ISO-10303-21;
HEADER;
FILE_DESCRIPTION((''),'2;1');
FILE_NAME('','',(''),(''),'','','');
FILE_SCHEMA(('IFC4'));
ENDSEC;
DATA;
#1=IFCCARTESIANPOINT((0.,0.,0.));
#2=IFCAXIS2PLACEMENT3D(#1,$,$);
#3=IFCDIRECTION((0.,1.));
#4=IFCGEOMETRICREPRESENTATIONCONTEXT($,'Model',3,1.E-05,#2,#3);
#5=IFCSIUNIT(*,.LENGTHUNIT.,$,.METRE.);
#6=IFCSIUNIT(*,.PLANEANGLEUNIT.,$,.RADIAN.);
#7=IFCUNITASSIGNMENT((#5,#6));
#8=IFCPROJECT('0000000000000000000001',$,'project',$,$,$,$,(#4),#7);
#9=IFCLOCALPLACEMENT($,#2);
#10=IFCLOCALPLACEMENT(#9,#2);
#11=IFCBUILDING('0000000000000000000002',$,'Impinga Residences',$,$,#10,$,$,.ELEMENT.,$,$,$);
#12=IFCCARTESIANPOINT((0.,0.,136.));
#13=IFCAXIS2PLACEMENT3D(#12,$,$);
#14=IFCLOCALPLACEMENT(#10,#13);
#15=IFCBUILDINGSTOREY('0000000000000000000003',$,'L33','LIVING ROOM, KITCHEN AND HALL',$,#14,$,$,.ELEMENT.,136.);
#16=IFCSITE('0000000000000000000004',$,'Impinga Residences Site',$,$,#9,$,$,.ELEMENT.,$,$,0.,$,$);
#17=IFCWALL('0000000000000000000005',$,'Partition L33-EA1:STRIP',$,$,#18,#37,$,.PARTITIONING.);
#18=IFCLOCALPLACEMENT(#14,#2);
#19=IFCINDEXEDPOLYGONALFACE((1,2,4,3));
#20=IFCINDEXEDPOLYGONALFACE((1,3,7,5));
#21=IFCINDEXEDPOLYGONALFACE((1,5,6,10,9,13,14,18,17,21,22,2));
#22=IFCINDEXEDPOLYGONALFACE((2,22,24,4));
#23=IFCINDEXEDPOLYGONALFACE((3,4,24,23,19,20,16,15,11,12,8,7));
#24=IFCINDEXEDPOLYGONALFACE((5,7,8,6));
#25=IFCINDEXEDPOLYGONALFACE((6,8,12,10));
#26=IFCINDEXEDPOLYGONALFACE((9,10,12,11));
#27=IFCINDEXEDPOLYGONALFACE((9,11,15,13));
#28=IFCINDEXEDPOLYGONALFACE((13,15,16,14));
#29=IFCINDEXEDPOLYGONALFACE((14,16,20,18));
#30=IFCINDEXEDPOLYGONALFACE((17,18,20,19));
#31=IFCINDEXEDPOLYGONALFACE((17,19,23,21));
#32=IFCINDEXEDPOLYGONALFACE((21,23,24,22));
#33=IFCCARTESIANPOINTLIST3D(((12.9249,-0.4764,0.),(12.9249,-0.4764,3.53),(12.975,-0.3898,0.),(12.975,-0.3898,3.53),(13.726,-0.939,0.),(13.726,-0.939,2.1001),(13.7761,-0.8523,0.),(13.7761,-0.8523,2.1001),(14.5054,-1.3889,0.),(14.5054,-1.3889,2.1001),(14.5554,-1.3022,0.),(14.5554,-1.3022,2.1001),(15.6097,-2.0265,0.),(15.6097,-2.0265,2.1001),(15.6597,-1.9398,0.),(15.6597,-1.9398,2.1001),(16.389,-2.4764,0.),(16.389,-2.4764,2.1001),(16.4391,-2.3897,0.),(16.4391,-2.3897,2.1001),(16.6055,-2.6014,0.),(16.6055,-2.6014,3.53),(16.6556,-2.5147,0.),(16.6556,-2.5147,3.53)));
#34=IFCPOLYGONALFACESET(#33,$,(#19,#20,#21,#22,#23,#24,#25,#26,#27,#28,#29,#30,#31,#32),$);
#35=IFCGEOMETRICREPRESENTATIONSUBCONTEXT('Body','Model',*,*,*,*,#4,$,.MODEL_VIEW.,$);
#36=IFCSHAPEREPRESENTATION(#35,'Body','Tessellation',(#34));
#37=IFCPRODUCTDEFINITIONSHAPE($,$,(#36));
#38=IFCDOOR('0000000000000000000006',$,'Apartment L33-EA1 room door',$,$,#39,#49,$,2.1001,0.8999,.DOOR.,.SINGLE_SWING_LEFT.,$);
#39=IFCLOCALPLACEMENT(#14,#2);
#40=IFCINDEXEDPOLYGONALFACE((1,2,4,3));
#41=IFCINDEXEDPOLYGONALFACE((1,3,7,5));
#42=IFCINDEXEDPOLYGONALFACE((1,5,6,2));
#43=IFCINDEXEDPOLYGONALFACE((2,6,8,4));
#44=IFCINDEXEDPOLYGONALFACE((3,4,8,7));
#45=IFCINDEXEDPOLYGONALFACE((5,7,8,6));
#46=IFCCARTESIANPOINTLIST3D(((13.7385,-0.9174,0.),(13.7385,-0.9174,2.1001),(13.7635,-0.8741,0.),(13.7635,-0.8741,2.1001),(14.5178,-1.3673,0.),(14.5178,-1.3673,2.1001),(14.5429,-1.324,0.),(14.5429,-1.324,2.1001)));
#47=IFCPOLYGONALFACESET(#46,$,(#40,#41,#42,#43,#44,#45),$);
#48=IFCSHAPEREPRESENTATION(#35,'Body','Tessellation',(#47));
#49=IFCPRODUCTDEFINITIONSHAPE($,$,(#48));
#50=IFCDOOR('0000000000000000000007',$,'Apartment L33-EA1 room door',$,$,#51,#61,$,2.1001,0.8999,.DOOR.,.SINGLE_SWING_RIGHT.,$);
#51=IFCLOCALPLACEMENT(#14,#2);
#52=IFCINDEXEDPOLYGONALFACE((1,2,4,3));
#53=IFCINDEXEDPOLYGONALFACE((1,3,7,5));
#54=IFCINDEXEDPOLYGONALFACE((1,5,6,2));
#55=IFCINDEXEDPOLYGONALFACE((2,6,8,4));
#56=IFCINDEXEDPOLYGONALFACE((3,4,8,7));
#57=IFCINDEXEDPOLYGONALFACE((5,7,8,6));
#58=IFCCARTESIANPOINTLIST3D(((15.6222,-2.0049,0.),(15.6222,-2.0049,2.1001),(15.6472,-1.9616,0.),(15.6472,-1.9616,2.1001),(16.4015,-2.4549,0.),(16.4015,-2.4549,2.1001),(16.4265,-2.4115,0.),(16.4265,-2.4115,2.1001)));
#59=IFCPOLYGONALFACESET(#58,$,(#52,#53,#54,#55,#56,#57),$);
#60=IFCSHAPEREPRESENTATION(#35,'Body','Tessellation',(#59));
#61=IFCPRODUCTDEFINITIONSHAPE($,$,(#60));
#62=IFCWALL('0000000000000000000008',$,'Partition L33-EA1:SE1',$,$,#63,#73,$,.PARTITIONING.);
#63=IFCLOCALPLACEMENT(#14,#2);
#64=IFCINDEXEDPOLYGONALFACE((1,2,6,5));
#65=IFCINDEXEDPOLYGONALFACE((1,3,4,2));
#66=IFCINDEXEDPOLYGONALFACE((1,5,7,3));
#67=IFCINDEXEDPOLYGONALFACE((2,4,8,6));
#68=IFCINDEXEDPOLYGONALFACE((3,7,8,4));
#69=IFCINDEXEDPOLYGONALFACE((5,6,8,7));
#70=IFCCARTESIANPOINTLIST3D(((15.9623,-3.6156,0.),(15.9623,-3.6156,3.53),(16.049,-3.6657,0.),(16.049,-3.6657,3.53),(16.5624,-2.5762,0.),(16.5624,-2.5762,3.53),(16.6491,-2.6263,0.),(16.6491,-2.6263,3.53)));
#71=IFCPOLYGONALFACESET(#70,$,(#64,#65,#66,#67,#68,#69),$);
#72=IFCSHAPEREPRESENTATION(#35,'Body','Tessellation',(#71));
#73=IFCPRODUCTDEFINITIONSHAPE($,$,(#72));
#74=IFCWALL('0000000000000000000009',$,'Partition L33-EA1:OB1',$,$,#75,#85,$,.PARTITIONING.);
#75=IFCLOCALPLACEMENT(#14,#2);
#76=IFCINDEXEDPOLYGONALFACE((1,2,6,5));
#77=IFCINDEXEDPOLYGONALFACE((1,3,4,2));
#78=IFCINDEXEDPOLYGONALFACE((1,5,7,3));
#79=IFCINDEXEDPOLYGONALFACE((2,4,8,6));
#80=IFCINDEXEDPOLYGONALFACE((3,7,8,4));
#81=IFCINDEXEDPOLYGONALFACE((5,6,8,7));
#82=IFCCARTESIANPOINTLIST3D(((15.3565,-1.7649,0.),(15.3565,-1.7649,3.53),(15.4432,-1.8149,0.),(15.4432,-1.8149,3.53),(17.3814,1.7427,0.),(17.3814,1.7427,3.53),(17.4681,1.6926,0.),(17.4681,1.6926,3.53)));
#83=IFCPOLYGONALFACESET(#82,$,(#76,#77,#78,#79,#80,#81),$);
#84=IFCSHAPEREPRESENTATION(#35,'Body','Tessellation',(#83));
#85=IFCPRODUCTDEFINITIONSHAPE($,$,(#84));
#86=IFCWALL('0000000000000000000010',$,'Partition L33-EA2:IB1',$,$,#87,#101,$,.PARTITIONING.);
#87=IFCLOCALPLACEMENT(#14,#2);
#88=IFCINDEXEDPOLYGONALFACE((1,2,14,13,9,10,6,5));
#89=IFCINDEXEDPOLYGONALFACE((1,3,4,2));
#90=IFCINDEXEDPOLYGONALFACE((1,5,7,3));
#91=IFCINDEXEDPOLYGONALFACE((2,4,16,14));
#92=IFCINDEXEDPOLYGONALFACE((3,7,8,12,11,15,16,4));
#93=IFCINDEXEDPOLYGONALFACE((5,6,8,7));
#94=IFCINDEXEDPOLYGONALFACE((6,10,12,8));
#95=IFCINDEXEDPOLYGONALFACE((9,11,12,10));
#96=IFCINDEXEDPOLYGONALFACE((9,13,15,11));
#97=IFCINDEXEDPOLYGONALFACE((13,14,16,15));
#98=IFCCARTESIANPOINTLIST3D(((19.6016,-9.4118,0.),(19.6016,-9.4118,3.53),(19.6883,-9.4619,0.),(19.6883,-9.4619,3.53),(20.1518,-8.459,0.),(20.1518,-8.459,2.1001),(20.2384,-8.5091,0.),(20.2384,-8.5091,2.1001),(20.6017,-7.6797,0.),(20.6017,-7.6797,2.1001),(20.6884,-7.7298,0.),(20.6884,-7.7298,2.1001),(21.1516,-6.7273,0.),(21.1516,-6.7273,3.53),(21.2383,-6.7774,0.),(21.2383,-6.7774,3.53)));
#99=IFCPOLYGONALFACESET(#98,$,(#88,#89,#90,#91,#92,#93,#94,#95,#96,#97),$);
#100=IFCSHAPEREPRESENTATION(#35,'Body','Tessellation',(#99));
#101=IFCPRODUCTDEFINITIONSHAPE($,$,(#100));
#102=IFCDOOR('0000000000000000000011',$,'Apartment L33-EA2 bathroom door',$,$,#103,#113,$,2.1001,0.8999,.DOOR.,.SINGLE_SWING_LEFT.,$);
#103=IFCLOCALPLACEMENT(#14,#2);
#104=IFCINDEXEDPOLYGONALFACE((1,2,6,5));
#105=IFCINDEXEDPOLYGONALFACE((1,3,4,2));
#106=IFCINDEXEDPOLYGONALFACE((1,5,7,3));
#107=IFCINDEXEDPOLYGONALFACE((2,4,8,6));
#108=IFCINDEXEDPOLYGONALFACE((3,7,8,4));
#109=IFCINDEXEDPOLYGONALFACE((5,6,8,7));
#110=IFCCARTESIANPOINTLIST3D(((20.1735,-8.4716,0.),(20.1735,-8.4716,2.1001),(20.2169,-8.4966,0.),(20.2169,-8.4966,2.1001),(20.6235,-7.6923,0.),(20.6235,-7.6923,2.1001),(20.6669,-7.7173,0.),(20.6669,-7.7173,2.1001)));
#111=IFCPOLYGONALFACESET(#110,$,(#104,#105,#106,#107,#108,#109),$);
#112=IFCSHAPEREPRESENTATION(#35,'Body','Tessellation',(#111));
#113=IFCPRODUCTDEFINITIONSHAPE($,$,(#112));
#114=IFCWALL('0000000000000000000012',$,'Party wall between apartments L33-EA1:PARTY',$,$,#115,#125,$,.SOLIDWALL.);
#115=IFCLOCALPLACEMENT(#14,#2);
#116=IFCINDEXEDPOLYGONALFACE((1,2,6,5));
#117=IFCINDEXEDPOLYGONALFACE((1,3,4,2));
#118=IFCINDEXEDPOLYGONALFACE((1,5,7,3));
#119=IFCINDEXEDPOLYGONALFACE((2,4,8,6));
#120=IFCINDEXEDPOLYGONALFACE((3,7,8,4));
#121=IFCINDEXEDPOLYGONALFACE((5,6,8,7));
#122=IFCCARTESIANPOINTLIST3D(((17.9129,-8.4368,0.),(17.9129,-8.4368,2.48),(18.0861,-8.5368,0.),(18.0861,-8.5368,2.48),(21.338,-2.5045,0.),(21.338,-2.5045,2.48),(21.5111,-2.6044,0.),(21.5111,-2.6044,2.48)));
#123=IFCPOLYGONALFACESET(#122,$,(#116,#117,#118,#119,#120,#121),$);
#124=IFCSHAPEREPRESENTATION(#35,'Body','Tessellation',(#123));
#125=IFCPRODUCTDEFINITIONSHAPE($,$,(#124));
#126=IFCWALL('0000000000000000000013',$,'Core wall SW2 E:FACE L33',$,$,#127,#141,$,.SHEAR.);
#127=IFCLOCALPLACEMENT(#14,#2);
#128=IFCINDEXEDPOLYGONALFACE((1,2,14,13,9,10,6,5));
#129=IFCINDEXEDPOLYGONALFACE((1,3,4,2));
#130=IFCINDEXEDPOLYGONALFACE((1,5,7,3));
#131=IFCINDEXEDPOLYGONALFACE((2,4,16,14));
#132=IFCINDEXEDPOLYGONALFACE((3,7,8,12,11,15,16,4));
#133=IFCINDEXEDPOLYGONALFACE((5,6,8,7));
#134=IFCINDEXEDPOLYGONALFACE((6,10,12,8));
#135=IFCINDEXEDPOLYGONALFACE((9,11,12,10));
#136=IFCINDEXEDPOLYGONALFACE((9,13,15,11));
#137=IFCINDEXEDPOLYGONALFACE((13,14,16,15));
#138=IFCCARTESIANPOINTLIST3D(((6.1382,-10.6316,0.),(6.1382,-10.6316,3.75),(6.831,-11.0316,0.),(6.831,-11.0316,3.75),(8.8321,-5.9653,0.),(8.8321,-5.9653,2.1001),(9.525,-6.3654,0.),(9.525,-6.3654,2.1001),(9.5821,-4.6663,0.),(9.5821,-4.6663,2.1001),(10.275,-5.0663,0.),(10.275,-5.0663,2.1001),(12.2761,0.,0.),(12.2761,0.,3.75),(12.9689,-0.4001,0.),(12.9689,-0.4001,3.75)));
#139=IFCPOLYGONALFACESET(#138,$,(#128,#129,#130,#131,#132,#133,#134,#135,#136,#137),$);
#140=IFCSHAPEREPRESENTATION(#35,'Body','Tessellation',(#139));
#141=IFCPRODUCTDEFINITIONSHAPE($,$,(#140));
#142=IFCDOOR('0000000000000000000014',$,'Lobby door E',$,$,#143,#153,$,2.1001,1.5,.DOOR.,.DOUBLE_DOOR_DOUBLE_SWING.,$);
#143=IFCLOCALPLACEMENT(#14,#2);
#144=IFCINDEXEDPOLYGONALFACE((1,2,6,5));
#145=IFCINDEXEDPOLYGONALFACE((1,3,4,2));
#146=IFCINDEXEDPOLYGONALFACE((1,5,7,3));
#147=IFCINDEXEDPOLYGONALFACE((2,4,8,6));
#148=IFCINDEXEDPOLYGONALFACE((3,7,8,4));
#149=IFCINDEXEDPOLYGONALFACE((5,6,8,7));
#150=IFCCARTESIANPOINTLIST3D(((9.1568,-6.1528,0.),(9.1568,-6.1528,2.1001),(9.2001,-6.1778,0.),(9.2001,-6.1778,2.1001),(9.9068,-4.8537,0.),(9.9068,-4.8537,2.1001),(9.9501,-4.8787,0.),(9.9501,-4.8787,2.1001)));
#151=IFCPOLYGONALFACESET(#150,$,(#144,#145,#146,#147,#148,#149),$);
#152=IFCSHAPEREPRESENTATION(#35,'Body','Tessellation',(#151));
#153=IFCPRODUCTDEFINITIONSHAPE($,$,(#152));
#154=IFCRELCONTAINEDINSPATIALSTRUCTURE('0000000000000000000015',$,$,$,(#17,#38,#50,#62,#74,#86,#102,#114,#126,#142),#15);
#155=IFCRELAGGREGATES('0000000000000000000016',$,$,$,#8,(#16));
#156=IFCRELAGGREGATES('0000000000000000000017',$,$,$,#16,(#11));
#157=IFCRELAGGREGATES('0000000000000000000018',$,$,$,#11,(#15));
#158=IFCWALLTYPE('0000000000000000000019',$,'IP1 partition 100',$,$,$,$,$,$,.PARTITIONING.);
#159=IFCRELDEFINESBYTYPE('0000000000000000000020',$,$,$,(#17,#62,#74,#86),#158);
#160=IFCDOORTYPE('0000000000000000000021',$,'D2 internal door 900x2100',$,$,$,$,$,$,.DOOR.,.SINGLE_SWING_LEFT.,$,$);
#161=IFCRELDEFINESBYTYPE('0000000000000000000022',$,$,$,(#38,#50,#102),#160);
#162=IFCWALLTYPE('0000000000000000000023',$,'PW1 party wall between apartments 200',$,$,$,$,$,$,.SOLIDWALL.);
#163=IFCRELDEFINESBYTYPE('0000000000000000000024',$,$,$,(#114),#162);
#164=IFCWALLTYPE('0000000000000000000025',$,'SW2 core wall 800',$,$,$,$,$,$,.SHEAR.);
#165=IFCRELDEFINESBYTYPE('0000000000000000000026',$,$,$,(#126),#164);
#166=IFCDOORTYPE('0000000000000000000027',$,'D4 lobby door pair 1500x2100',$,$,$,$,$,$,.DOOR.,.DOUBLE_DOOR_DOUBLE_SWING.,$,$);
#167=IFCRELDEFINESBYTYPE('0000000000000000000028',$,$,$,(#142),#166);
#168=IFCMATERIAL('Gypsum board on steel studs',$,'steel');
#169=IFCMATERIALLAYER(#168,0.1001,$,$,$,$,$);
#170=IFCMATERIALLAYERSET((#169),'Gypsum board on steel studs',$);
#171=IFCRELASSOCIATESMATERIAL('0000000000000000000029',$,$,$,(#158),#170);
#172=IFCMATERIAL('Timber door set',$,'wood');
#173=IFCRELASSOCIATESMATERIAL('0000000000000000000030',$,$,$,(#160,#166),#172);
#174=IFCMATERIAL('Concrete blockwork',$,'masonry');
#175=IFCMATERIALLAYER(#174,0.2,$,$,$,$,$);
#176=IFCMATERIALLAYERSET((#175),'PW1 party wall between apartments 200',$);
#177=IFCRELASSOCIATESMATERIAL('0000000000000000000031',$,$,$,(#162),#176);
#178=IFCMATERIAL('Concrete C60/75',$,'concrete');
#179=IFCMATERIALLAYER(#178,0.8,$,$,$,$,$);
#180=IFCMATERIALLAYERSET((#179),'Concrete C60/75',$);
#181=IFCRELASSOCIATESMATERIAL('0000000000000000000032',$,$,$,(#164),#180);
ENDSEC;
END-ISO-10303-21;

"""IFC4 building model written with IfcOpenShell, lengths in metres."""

from ifc_helpers import new_model, si_unit, direction, frame, frame_2d, origin, place, context, subcontext, project, spatial, rectangle, extrude, material, layer, layer_set, type_object, element, fill, save


model = new_model("IFC4")

# Units and contexts
model_context = context("Model", 3, precision=1e-05, world=origin(), true_north=direction((0.0, 1.0)))
body_context = subcontext(model_context, "Body", "Model", "MODEL_VIEW")
ifc_project = project(units=[si_unit("LENGTHUNIT", "METRE"), si_unit("PLANEANGLEUNIT", "RADIAN")], contexts=[model_context])

# Site, building, storey
site_placement = place(None, origin())
site = spatial("IfcSite", under=ifc_project, at=site_placement, Name="Impinga Residences Site", CompositionType="ELEMENT", RefElevation=0.0)
building_placement = place(site_placement, origin())
building = spatial("IfcBuilding", under=site, at=building_placement, Name="Impinga Residences", CompositionType="ELEMENT")
storey_placement = place(building_placement, frame((0.0, 0.0, 136.0)))
storey = spatial("IfcBuildingStorey", under=building, at=storey_placement, Name="L33", Description="LIVING ROOM, KITCHEN AND HALL", CompositionType="ELEMENT", Elevation=136.0)

# Shared definitions
ifc_material_1 = material(Name="Concrete C60/75", Category="concrete")

# Shared definitions
ifc_material_2 = material(Name="Gypsum board on steel studs", Category="steel")
ifc_layer_1 = layer(ifc_material_2, 0.1001)
ifc_layer_set_1 = layer_set([ifc_layer_1], Name="Gypsum board on steel studs")
wall_type_1 = type_object("IfcWallType", Name="IP1 partition 100", PredefinedType="PARTITIONING", material=ifc_layer_set_1)

# Wall, openings, doors
wall_1_placement = place(storey_placement, frame((12.95, -0.4331, 0.0), z_axis=(0.0, 0.0, 1.0), x_axis=(0.866029, -0.499994, 0.0)))
wall_1 = element("IfcWall", 1, at=wall_1_placement, inside=storey, type_object=wall_type_1, Name="Partition L33-EA1:STRIP", PredefinedType="PARTITIONING", context=body_context, shape_type="SweptSolid", body=[
    extrude(rectangle(XDim=4.25, YDim=0.1001, at=frame_2d((2.125, 0.0))), origin(), (0.0, 0.0, 1.0), 3.53),
])
opening_1_placement = place(wall_1_placement, frame((0.925, 0.0, 0.0)))
opening_1 = element("IfcOpeningElement", 2, at=opening_1_placement, cuts=wall_1, PredefinedType="OPENING", context=body_context, shape_type="SweptSolid", body=[
    extrude(rectangle(XDim=0.8999, YDim=2.1001, at=frame_2d((0.45, 1.05))), frame((0.0, 0.0601, 0.0), z_axis=(0.0, -1.0, 0.0), x_axis=(1.0, 0.0, 0.0)), (0.0, 0.0, 1.0), 0.1201),
])
opening_2_placement = place(wall_1_placement, frame((3.1001, 0.0, 0.0)))
opening_2 = element("IfcOpeningElement", 3, at=opening_2_placement, cuts=wall_1, PredefinedType="OPENING", context=body_context, shape_type="SweptSolid", body=[
    extrude(rectangle(XDim=0.8999, YDim=2.1001, at=frame_2d((0.45, 1.05))), frame((0.0, 0.0601, 0.0), z_axis=(0.0, -1.0, 0.0), x_axis=(1.0, 0.0, 0.0)), (0.0, 0.0, 1.0), 0.1201),
])
ifc_material_3 = material(Name="Timber door set", Category="wood")
door_type_1 = type_object("IfcDoorType", Name="D2 internal door 900x2100", OperationType="SINGLE_SWING_LEFT", PredefinedType="DOOR", material=ifc_material_3)
door_1_placement = place(opening_1_placement, origin())
door_1 = element("IfcDoor", 4, at=door_1_placement, inside=storey, type_object=door_type_1, Name="Apartment L33-EA1 room door", OperationType="SINGLE_SWING_LEFT", OverallHeight=2.1001, OverallWidth=0.8999, PredefinedType="DOOR", context=body_context, shape_type="SweptSolid", body=[
    extrude(rectangle(XDim=0.8999, YDim=2.1001, at=frame_2d((0.45, 1.05))), frame((0.0, 0.0249, 0.0), z_axis=(0.0, -1.0, 0.0), x_axis=(1.0, 0.0, 0.0)), (0.0, 0.0, 1.0), 0.05),
])
fill(opening_1, door_1)
door_2_placement = place(opening_2_placement, origin())
door_2 = element("IfcDoor", 5, at=door_2_placement, inside=storey, type_object=door_type_1, Name="Apartment L33-EA1 room door", OperationType="SINGLE_SWING_RIGHT", OverallHeight=2.1001, OverallWidth=0.8999, PredefinedType="DOOR", context=body_context, shape_type="SweptSolid", body=[
    extrude(rectangle(XDim=0.8999, YDim=2.1001, at=frame_2d((0.45, 1.05))), frame((0.0, 0.0249, 0.0), z_axis=(0.0, -1.0, 0.0), x_axis=(1.0, 0.0, 0.0)), (0.0, 0.0, 1.0), 0.05),
])
fill(opening_2, door_2)

# Walls
wall_2_placement = place(storey_placement, frame((16.0056, -3.6406, 0.0), z_axis=(0.0, 0.0, 1.0), x_axis=(0.500034, 0.866006, 0.0)))
element("IfcWall", 6, at=wall_2_placement, inside=storey, type_object=wall_type_1, Name="Partition L33-EA1:SE1", PredefinedType="PARTITIONING", context=body_context, shape_type="SweptSolid", body=[
    extrude(rectangle(XDim=1.2002, YDim=0.1001, at=frame_2d((0.6001, 0.0))), origin(), (0.0, 0.0, 1.0), 3.53),
])
wall_3_placement = place(storey_placement, frame((15.3999, -1.7898, 0.0), z_axis=(0.0, 0.0, 1.0), x_axis=(0.499964, 0.866046, 0.0)))
element("IfcWall", 7, at=wall_3_placement, inside=storey, type_object=wall_type_1, Name="Partition L33-EA1:OB1", PredefinedType="PARTITIONING", context=body_context, shape_type="SweptSolid", body=[
    extrude(rectangle(XDim=4.05, YDim=0.1001, at=frame_2d((2.0249, 0.0))), origin(), (0.0, 0.0, 1.0), 3.53),
])

# Wall, opening, door
wall_4_placement = place(storey_placement, frame((19.645, -9.4368, 0.0), z_axis=(0.0, 0.0, 1.0), x_axis=(0.500027, 0.86601, 0.0)))
wall_4 = element("IfcWall", 8, at=wall_4_placement, inside=storey, type_object=wall_type_1, Name="Partition L33-EA2:IB1", PredefinedType="PARTITIONING", context=body_context, shape_type="SweptSolid", body=[
    extrude(rectangle(XDim=3.0999, YDim=0.1001, at=frame_2d((1.5498, 0.0))), origin(), (0.0, 0.0, 1.0), 3.53),
])
opening_3_placement = place(wall_4_placement, frame((1.1001, 0.0, 0.0)))
opening_3 = element("IfcOpeningElement", 9, at=opening_3_placement, cuts=wall_4, PredefinedType="OPENING", context=body_context, shape_type="SweptSolid", body=[
    extrude(rectangle(XDim=0.8999, YDim=2.1001, at=frame_2d((0.45, 1.05))), frame((0.0, 0.0601, 0.0), z_axis=(0.0, -1.0, 0.0), x_axis=(1.0, 0.0, 0.0)), (0.0, 0.0, 1.0), 0.1201),
])
door_3_placement = place(opening_3_placement, origin())
door_3 = element("IfcDoor", 10, at=door_3_placement, inside=storey, type_object=door_type_1, Name="Apartment L33-EA2 bathroom door", OperationType="SINGLE_SWING_LEFT", OverallHeight=2.1001, OverallWidth=0.8999, PredefinedType="DOOR", context=body_context, shape_type="SweptSolid", body=[
    extrude(rectangle(XDim=0.8999, YDim=2.1001, at=frame_2d((0.45, 1.05))), frame((0.0, 0.0249, 0.0), z_axis=(0.0, -1.0, 0.0), x_axis=(1.0, 0.0, 0.0)), (0.0, 0.0, 1.0), 0.05),
])
fill(opening_3, door_3)

# Wall
ifc_material_4 = material(Name="Concrete blockwork", Category="masonry")
ifc_layer_2 = layer(ifc_material_4, 0.2)
ifc_layer_set_2 = layer_set([ifc_layer_2], Name="PW1 party wall between apartments 200")
wall_type_2 = type_object("IfcWallType", Name="PW1 party wall between apartments 200", PredefinedType="SOLIDWALL", material=ifc_layer_set_2)
wall_5_placement = place(storey_placement, frame((17.9995, -8.4868, 0.0), z_axis=(0.0, 0.0, 1.0), x_axis=(0.499999, 0.866026, 0.0)))
element("IfcWall", 11, at=wall_5_placement, inside=storey, type_object=wall_type_2, Name="Party wall between apartments L33-EA1:PARTY", PredefinedType="SOLIDWALL", context=body_context, shape_type="SweptSolid", body=[
    extrude(rectangle(XDim=6.8501, YDim=0.2, at=frame_2d((3.425, 0.0))), origin(), (0.0, 0.0, 1.0), 2.48),
])

# Wall, opening, door
ifc_layer_3 = layer(ifc_material_1, 0.8)
ifc_layer_set_3 = layer_set([ifc_layer_3], Name="Concrete C60/75")
wall_type_3 = type_object("IfcWallType", Name="SW2 core wall 800", PredefinedType="SHEAR", material=ifc_layer_set_3)
wall_6_placement = place(storey_placement, frame((12.6226, -0.2, 0.0), z_axis=(0.0, 0.0, 1.0), x_axis=(-0.499987, -0.866033, 0.0)))
wall_6 = element("IfcWall", 12, at=wall_6_placement, inside=storey, type_object=wall_type_3, Name="Core wall SW2 E:FACE L33", PredefinedType="SHEAR", context=body_context, shape_type="SweptSolid", body=[
    extrude(rectangle(XDim=12.2761, YDim=0.8, at=frame_2d((6.1382, 0.0))), origin(), (0.0, 0.0, 1.0), 3.75),
])
opening_4_placement = place(wall_6_placement, frame((5.3882, 0.0, 0.0)))
opening_4 = element("IfcOpeningElement", 13, at=opening_4_placement, cuts=wall_6, PredefinedType="OPENING", context=body_context, shape_type="SweptSolid", body=[
    extrude(rectangle(XDim=1.5, YDim=2.1001, at=frame_2d((0.75, 1.05))), frame((0.0, 0.4099, 0.0), z_axis=(0.0, -1.0, 0.0), x_axis=(1.0, 0.0, 0.0)), (0.0, 0.0, 1.0), 0.8201),
])
door_type_2 = type_object("IfcDoorType", Name="D4 lobby door pair 1500x2100", OperationType="DOUBLE_DOOR_DOUBLE_SWING", PredefinedType="DOOR", material=ifc_material_3)
door_4_placement = place(opening_4_placement, origin())
door_4 = element("IfcDoor", 14, at=door_4_placement, inside=storey, type_object=door_type_2, Name="Lobby door E", OperationType="DOUBLE_DOOR_DOUBLE_SWING", OverallHeight=2.1001, OverallWidth=1.5, PredefinedType="DOOR", context=body_context, shape_type="SweptSolid", body=[
    extrude(rectangle(XDim=1.5, YDim=2.1001, at=frame_2d((0.75, 1.05))), frame((0.0, 0.0249, 0.0), z_axis=(0.0, -1.0, 0.0), x_axis=(1.0, 0.0, 0.0)), (0.0, 0.0, 1.0), 0.05),
])
fill(opening_4, door_4)

save(model, "model.ifc")
